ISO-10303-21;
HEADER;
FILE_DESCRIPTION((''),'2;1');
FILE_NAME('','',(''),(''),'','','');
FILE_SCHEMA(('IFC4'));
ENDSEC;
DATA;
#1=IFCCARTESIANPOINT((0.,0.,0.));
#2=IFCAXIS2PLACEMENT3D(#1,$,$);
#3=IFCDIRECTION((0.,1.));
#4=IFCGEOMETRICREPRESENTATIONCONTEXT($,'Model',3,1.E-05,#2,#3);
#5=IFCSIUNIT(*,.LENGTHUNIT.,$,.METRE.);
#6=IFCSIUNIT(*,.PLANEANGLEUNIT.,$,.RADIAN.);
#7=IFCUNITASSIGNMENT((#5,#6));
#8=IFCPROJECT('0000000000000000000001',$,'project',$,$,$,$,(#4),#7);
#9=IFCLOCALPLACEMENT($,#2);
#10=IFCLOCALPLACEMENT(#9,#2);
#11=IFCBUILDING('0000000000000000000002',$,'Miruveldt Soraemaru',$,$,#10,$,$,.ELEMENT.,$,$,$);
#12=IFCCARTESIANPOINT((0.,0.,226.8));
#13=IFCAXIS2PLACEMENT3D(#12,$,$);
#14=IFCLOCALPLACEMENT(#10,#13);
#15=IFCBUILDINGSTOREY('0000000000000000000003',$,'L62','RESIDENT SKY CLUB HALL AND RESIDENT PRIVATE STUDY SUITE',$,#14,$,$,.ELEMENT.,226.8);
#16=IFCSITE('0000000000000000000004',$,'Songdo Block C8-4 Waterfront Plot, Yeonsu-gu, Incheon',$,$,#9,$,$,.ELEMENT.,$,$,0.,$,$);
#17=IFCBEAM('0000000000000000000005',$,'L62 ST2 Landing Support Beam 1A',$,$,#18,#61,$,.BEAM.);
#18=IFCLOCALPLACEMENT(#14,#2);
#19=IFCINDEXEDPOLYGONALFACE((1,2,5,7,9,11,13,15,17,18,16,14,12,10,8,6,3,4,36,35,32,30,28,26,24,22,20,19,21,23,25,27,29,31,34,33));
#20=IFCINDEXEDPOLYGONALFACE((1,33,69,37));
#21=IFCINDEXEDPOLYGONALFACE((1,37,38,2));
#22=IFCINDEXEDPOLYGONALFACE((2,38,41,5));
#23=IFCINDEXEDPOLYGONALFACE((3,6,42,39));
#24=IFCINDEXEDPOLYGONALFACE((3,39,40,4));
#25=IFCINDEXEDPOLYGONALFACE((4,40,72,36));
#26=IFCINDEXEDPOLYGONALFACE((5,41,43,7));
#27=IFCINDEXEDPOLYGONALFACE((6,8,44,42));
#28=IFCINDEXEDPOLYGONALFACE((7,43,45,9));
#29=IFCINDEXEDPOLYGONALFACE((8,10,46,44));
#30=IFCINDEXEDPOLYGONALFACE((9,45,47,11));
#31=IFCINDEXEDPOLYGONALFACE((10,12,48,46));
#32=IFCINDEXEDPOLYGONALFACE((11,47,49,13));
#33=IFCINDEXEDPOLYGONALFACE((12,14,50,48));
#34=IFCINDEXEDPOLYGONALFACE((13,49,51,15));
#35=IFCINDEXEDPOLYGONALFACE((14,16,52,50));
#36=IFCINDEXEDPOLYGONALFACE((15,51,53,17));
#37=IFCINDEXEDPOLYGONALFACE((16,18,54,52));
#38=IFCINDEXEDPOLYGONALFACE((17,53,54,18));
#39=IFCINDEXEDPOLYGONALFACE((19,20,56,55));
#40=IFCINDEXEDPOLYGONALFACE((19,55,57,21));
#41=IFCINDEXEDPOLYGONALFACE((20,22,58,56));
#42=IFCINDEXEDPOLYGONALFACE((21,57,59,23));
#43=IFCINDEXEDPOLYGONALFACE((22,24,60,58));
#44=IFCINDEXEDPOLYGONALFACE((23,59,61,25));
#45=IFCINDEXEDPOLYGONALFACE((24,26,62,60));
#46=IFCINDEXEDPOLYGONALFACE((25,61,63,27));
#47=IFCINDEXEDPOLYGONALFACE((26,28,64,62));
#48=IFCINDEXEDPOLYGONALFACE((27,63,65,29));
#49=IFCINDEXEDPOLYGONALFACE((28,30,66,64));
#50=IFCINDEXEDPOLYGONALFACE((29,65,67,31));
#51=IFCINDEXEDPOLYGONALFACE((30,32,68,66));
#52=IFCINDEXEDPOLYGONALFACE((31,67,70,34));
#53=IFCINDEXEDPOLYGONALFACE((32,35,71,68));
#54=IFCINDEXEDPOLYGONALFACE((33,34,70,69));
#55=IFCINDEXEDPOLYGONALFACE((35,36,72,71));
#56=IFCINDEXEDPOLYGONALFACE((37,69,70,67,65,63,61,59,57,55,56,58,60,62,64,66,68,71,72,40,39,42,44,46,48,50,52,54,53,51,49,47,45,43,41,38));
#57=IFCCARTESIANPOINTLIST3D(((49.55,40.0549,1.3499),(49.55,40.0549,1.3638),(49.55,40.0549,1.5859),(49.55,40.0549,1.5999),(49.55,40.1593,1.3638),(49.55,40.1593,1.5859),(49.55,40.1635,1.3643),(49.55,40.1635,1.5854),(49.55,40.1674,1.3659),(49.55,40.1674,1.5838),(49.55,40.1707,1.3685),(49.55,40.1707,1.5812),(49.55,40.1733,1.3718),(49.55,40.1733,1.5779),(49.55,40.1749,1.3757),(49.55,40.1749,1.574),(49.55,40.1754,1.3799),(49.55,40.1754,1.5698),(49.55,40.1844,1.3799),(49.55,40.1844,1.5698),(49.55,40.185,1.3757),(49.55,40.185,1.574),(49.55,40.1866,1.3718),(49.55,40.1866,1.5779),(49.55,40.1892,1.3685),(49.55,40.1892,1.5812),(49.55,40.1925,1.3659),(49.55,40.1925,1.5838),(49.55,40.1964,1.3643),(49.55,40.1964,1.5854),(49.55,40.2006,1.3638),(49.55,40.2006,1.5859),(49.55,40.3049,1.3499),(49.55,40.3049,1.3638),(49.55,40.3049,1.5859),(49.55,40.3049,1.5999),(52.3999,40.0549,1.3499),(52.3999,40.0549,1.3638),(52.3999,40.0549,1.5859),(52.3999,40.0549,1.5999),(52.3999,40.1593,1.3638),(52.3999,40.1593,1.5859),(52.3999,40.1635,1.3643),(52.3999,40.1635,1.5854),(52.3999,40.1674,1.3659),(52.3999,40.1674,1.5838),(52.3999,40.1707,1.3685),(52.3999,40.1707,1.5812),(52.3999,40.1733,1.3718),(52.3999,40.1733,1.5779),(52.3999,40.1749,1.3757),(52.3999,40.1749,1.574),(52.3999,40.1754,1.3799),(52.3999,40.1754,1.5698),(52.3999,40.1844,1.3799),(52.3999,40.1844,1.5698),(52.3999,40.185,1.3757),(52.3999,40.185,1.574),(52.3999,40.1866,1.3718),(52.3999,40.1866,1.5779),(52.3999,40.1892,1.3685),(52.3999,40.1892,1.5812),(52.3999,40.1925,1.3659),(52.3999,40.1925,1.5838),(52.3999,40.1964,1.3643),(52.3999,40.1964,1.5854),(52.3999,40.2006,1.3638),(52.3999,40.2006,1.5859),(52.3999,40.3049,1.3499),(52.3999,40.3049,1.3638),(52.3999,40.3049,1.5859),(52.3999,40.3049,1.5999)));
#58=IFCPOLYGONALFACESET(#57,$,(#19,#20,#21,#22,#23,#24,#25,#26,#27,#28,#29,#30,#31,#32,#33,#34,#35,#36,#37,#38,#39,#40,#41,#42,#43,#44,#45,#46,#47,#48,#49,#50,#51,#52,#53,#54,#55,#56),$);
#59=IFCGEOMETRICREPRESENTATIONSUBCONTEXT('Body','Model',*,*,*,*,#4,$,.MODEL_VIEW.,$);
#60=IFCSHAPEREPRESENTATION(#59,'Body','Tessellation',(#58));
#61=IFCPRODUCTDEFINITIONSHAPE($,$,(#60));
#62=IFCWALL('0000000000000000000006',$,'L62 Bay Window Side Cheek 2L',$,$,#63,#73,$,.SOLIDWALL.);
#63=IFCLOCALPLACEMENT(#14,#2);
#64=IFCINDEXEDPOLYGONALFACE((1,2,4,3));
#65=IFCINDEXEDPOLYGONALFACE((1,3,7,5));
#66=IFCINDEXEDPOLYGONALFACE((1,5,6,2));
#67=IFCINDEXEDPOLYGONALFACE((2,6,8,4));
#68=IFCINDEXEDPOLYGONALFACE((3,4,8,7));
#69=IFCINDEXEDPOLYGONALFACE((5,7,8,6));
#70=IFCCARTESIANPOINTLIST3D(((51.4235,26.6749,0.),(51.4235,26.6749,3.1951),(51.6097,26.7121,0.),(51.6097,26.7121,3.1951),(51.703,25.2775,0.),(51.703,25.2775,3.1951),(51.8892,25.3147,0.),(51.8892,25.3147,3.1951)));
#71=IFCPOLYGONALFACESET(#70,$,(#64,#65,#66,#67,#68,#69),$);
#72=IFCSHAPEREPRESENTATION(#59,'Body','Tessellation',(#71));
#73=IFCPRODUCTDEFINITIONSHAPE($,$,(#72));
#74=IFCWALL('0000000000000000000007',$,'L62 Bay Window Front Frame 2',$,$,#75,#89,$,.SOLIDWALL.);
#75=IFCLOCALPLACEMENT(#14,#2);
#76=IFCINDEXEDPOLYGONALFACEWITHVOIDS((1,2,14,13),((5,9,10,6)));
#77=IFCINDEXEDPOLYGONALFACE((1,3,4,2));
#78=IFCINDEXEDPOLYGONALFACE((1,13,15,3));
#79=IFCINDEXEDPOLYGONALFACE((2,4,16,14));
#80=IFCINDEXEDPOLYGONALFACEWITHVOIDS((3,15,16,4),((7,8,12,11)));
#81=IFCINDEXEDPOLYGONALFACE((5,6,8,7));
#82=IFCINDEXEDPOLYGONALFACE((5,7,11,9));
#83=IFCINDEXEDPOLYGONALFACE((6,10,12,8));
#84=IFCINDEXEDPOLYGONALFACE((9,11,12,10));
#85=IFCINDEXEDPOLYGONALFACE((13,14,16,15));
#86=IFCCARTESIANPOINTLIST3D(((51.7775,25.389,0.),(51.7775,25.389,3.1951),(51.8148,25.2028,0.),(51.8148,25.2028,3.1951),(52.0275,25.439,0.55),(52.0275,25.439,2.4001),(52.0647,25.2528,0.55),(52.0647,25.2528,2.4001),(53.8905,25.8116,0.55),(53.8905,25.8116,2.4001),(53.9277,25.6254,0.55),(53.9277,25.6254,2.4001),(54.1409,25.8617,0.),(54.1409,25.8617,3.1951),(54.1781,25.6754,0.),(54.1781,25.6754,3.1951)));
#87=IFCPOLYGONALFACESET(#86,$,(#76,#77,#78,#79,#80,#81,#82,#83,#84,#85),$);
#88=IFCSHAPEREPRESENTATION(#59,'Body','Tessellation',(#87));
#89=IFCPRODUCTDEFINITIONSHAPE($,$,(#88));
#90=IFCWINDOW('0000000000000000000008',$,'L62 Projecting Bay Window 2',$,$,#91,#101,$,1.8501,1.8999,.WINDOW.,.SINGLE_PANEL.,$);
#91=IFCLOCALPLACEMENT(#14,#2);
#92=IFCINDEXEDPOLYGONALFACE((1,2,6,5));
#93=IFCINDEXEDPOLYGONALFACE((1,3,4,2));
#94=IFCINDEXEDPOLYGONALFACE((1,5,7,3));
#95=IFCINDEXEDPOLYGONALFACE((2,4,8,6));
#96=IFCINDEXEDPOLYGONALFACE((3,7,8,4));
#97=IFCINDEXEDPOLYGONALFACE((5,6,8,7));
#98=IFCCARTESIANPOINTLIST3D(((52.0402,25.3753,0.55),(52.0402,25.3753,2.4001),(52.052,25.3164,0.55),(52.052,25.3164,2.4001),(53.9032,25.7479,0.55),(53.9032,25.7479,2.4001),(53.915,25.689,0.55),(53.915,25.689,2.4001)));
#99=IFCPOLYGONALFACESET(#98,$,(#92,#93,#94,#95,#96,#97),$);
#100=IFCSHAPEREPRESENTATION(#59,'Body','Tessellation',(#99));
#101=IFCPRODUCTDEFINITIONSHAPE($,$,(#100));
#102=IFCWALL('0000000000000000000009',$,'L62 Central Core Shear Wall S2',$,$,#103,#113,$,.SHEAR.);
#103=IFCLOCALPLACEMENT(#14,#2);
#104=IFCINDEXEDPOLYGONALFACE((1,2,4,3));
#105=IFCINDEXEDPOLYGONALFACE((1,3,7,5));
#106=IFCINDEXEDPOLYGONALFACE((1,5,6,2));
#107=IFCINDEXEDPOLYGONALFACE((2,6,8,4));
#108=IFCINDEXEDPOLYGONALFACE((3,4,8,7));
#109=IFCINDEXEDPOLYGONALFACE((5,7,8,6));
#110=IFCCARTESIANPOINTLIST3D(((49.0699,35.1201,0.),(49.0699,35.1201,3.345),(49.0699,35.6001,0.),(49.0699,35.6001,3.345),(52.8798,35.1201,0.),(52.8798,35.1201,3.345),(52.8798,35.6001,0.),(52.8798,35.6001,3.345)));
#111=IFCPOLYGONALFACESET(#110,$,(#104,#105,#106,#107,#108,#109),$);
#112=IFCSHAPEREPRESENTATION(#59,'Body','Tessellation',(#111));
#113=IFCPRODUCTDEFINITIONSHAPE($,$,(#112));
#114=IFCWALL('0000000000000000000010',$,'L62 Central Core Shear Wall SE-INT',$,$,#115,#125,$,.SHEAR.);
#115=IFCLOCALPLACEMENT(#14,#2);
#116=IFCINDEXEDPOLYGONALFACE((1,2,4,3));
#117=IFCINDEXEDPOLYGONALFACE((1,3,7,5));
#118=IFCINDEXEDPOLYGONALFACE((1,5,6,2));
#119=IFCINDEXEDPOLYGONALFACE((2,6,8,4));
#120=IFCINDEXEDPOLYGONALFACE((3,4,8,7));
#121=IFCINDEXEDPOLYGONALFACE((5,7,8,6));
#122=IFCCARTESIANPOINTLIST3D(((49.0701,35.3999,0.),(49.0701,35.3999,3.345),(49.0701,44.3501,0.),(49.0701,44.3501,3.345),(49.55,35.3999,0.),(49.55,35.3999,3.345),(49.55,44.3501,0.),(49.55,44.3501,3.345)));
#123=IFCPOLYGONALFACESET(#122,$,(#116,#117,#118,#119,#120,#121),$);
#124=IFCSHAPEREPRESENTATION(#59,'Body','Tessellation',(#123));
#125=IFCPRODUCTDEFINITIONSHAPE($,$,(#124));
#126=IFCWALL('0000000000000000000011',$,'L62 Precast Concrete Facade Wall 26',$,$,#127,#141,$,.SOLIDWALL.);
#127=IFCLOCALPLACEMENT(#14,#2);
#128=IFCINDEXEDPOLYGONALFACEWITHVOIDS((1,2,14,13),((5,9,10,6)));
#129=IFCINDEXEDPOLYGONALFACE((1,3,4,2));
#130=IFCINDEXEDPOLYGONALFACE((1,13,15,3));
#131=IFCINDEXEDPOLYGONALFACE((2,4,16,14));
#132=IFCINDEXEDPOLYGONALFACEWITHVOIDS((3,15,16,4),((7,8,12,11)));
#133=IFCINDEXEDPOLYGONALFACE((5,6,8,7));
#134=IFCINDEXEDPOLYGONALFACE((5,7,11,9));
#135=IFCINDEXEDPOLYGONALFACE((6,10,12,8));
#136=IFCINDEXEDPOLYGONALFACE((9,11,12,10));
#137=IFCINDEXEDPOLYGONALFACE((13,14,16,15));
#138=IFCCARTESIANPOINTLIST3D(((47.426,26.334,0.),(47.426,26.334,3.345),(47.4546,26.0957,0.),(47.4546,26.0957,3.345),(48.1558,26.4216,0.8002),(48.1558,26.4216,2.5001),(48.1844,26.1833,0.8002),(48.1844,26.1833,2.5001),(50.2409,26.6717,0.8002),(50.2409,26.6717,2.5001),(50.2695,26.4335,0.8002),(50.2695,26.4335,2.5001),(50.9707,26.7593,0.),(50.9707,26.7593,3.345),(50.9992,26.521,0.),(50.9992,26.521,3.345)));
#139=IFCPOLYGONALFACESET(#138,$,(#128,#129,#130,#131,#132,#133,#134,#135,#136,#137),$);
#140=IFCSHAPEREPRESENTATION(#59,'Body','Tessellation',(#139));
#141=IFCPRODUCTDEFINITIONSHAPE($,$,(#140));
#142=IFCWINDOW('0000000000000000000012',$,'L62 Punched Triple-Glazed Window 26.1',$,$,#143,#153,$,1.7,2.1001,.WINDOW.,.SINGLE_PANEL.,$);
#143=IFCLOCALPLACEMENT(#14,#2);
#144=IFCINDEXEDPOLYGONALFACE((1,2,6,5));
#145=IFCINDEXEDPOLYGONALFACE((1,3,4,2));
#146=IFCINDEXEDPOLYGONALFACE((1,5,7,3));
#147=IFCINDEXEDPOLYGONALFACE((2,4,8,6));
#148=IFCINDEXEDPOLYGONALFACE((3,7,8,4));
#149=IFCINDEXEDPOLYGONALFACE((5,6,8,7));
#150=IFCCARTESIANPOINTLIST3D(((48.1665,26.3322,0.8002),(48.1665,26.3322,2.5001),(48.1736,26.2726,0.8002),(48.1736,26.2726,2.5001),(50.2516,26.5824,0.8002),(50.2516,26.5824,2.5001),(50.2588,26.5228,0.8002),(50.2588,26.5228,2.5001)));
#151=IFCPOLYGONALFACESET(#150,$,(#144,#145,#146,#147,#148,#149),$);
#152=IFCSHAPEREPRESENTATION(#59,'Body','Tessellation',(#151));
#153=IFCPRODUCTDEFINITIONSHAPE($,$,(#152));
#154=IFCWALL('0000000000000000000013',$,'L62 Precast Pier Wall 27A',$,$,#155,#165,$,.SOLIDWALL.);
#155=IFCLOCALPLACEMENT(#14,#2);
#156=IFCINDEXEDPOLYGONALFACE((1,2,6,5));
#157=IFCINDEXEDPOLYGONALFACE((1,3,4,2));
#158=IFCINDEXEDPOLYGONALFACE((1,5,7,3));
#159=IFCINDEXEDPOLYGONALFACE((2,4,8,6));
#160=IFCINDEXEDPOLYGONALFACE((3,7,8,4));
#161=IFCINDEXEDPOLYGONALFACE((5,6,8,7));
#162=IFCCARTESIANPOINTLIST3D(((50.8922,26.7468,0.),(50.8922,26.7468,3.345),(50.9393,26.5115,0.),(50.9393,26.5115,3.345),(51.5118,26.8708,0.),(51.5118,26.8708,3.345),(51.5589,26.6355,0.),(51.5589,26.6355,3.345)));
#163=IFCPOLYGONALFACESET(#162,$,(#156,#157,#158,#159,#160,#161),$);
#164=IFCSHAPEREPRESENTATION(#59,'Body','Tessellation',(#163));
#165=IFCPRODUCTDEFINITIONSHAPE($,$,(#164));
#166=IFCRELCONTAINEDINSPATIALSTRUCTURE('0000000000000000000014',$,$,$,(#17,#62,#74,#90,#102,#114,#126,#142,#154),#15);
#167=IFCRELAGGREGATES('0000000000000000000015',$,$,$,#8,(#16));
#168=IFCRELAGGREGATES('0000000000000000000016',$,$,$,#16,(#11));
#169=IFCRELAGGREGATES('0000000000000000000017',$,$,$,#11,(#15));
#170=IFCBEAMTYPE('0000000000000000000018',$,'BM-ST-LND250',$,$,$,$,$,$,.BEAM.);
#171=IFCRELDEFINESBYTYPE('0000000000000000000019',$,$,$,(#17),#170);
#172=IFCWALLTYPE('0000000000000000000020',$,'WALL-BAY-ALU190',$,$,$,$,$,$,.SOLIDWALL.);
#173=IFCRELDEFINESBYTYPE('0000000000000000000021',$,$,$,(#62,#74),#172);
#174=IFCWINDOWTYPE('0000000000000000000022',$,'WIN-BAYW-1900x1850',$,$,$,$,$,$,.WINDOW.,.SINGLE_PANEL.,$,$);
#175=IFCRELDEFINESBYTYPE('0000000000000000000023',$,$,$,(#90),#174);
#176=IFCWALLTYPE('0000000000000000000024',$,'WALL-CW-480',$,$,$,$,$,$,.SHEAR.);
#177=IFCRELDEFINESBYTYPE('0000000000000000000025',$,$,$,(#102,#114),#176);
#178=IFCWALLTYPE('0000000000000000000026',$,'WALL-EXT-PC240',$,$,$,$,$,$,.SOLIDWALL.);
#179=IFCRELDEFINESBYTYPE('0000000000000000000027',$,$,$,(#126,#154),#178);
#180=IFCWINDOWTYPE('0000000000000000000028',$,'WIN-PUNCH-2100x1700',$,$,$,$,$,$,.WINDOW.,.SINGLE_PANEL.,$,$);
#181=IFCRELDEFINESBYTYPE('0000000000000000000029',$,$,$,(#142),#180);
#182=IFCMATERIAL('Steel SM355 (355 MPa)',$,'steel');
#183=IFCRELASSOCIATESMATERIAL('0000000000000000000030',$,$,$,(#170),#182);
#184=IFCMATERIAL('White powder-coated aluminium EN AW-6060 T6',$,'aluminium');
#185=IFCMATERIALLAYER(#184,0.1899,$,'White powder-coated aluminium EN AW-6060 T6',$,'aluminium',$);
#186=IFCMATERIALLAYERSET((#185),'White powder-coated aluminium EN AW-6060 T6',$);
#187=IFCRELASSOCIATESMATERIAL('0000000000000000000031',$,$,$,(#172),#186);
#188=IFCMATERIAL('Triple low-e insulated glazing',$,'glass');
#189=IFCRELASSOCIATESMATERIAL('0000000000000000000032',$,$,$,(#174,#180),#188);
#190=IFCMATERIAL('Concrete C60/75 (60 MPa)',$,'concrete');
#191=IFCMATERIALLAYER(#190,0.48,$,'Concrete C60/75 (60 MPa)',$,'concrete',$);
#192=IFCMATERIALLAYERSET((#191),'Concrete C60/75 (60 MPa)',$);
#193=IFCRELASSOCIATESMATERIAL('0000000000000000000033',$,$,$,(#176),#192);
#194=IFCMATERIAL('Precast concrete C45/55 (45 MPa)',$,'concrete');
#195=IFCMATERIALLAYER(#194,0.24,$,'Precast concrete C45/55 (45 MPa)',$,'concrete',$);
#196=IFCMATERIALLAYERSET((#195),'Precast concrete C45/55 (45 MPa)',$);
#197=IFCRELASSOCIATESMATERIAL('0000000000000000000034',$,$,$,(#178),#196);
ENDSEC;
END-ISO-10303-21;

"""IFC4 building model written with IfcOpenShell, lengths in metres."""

from ifc_helpers import new_model, si_unit, direction, frame, frame_2d, origin, origin_2d, place, context, subcontext, project, spatial, rectangle, i_section, extrude, material, layer, layer_set, material_profile, profile_set, type_object, element, fill, save


model = new_model("IFC4")

# Units and contexts
model_context = context("Model", 3, precision=1e-05, world=origin(), true_north=direction((0.0, 1.0)))
body_context = subcontext(model_context, "Body", "Model", "MODEL_VIEW")
ifc_project = project(units=[si_unit("LENGTHUNIT", "METRE"), si_unit("PLANEANGLEUNIT", "RADIAN")], contexts=[model_context])

# Site, building, storey
site_placement = place(None, origin())
site = spatial("IfcSite", under=ifc_project, at=site_placement, Name="Songdo Block C8-4 Waterfront Plot, Yeonsu-gu, Incheon", CompositionType="ELEMENT", RefElevation=0.0)
building_placement = place(site_placement, origin())
building = spatial("IfcBuilding", under=site, at=building_placement, Name="Miruveldt Soraemaru", CompositionType="ELEMENT")
storey_placement = place(building_placement, frame((0.0, 0.0, 226.8)))
storey = spatial("IfcBuildingStorey", under=building, at=storey_placement, Name="L62", Description="RESIDENT SKY CLUB HALL AND RESIDENT PRIVATE STUDY SUITE", CompositionType="ELEMENT", Elevation=226.8)

# Shared definitions
ifc_material_1 = material(Name="Concrete C60/75 (60 MPa)", Category="concrete")

# Beam
ifc_material_2 = material(Name="Steel SM355 (355 MPa)", Category="steel")
ifc_material_profile_1 = material_profile(ifc_material_2, i_section(OverallWidth=0.25, OverallDepth=0.25, WebThickness=0.009, FlangeThickness=0.0139, FilletRadius=0.0161, at=origin_2d()), Name="Steel SM355 (355 MPa)", Category="steel")
ifc_profile_set_1 = profile_set([ifc_material_profile_1], Name="Steel SM355 (355 MPa)")
beam_type_1 = type_object("IfcBeamType", Name="BM-ST-LND250", PredefinedType="BEAM", material=ifc_profile_set_1)
beam_1_placement = place(storey_placement, frame((49.55, 40.1799, 1.4749), z_axis=(1.0, 0.0, 0.0), x_axis=(0.0, 1.0, 0.0)))
element("IfcBeam", 1, at=beam_1_placement, inside=storey, type_object=beam_type_1, Name="L62 ST2 Landing Support Beam 1A", PredefinedType="BEAM", context=body_context, shape_type="SweptSolid", body=[
    extrude(i_section(OverallWidth=0.25, OverallDepth=0.25, WebThickness=0.009, FlangeThickness=0.0139, FilletRadius=0.0161, at=origin_2d()), origin(), (0.0, 0.0, 1.0), 2.8499),
])

# Wall
ifc_material_3 = material(Name="White powder-coated aluminium EN AW-6060 T6", Category="aluminium")
ifc_layer_1 = layer(ifc_material_3, 0.1899, Name="White powder-coated aluminium EN AW-6060 T6", Category="aluminium")
ifc_layer_set_1 = layer_set([ifc_layer_1], Name="White powder-coated aluminium EN AW-6060 T6")
wall_type_1 = type_object("IfcWallType", Name="WALL-BAY-ALU190", PredefinedType="SOLIDWALL", material=ifc_layer_set_1)
wall_1_placement = place(storey_placement, frame((51.5166, 26.6934, 0.0), z_axis=(0.0, 0.0, 1.0), x_axis=(0.196149, -0.980574, 0.0)))
element("IfcWall", 2, at=wall_1_placement, inside=storey, type_object=wall_type_1, Name="L62 Bay Window Side Cheek 2L", PredefinedType="SOLIDWALL", context=body_context, shape_type="SweptSolid", body=[
    extrude(rectangle(XDim=1.425, YDim=0.1899, at=frame_2d((0.7124, 0.0))), origin(), (0.0, 0.0, 1.0), 3.1951),
])

# Wall, opening, window
wall_2_placement = place(storey_placement, frame((51.7961, 25.2959, 0.0), z_axis=(0.0, 0.0, 1.0), x_axis=(0.980581, 0.196116, 0.0)))
wall_2 = element("IfcWall", 3, at=wall_2_placement, inside=storey, type_object=wall_type_1, Name="L62 Bay Window Front Frame 2", PredefinedType="SOLIDWALL", context=body_context, shape_type="SweptSolid", body=[
    extrude(rectangle(XDim=2.4102, YDim=0.1899, at=frame_2d((1.2051, 0.0))), origin(), (0.0, 0.0, 1.0), 3.1951),
])
opening_1_placement = place(wall_2_placement, frame((0.2549, 0.0, 0.55)))
opening_1 = element("IfcOpeningElement", 4, at=opening_1_placement, cuts=wall_2, PredefinedType="OPENING", context=body_context, shape_type="SweptSolid", body=[
    extrude(rectangle(XDim=1.8999, YDim=1.8501, at=frame_2d((0.95, 0.925))), frame((0.0, 0.105, 0.0), z_axis=(0.0, -1.0, 0.0), x_axis=(1.0, 0.0, 0.0)), (0.0, 0.0, 1.0), 0.21),
])
ifc_material_4 = material(Name="Triple low-e insulated glazing", Category="glass")
window_type_1 = type_object("IfcWindowType", Name="WIN-BAYW-1900x1850", PartitioningType="SINGLE_PANEL", PredefinedType="WINDOW", material=ifc_material_4)
window_1_placement = place(opening_1_placement, origin())
window_1 = element("IfcWindow", 5, at=window_1_placement, inside=storey, type_object=window_type_1, Name="L62 Projecting Bay Window 2", OverallHeight=1.8501, OverallWidth=1.8999, PartitioningType="SINGLE_PANEL", PredefinedType="WINDOW", context=body_context, shape_type="SweptSolid", body=[
    extrude(rectangle(XDim=1.8999, YDim=1.8501, at=frame_2d((0.95, 0.925))), frame((0.0, 0.03, 0.0), z_axis=(0.0, -1.0, 0.0), x_axis=(1.0, 0.0, 0.0)), (0.0, 0.0, 1.0), 0.0601),
])
fill(opening_1, window_1)

# Walls
ifc_layer_2 = layer(ifc_material_1, 0.48, Name="Concrete C60/75 (60 MPa)", Category="concrete")
ifc_layer_set_2 = layer_set([ifc_layer_2], Name="Concrete C60/75 (60 MPa)")
wall_type_2 = type_object("IfcWallType", Name="WALL-CW-480", PredefinedType="SHEAR", material=ifc_layer_set_2)
wall_3_placement = place(storey_placement, frame((49.0701, 35.3601, 0.0), z_axis=(0.0, 0.0, 1.0), x_axis=(1.0, 0.0, 0.0)))
element("IfcWall", 6, at=wall_3_placement, inside=storey, type_object=wall_type_2, Name="L62 Central Core Shear Wall S2", PredefinedType="SHEAR", context=body_context, shape_type="SweptSolid", body=[
    extrude(rectangle(XDim=3.8098, YDim=0.48, at=frame_2d((1.9048, 0.0))), origin(), (0.0, 0.0, 1.0), 3.345),
])
wall_4_placement = place(storey_placement, frame((49.3101, 35.3999, 0.0), z_axis=(0.0, 0.0, 1.0), x_axis=(0.0, 1.0, 0.0)))
element("IfcWall", 7, at=wall_4_placement, inside=storey, type_object=wall_type_2, Name="L62 Central Core Shear Wall SE-INT", PredefinedType="SHEAR", context=body_context, shape_type="SweptSolid", body=[
    extrude(rectangle(XDim=8.9502, YDim=0.48, at=frame_2d((4.4751, 0.0))), origin(), (0.0, 0.0, 1.0), 3.345),
])

# Wall, opening, window
ifc_material_5 = material(Name="Precast concrete C45/55 (45 MPa)", Category="concrete")
ifc_layer_3 = layer(ifc_material_5, 0.24, Name="Precast concrete C45/55 (45 MPa)", Category="concrete")
ifc_layer_set_3 = layer_set([ifc_layer_3], Name="Precast concrete C45/55 (45 MPa)")
wall_type_3 = type_object("IfcWallType", Name="WALL-EXT-PC240", PredefinedType="SOLIDWALL", material=ifc_layer_set_3)
wall_5_placement = place(storey_placement, frame((47.4402, 26.2148, 0.0), z_axis=(0.0, 0.0, 1.0), x_axis=(0.992879, 0.119126, 0.0)))
wall_5 = element("IfcWall", 8, at=wall_5_placement, inside=storey, type_object=wall_type_3, Name="L62 Precast Concrete Facade Wall 26", PredefinedType="SOLIDWALL", context=body_context, shape_type="SweptSolid", body=[
    extrude(rectangle(XDim=3.5701, YDim=0.24, at=frame_2d((1.7852, 0.0))), origin(), (0.0, 0.0, 1.0), 3.345),
])
opening_2_placement = place(wall_5_placement, frame((0.7351, 0.0, 0.8)))
opening_2 = element("IfcOpeningElement", 9, at=opening_2_placement, cuts=wall_5, PredefinedType="OPENING", context=body_context, shape_type="SweptSolid", body=[
    extrude(rectangle(XDim=2.1001, YDim=1.7, at=frame_2d((1.05, 0.8501))), frame((0.0, 0.1299, 0.0), z_axis=(0.0, -1.0, 0.0), x_axis=(1.0, 0.0, 0.0)), (0.0, 0.0, 1.0), 0.26),
])
window_type_2 = type_object("IfcWindowType", Name="WIN-PUNCH-2100x1700", PartitioningType="SINGLE_PANEL", PredefinedType="WINDOW", material=ifc_material_4)
window_2_placement = place(opening_2_placement, origin())
window_2 = element("IfcWindow", 10, at=window_2_placement, inside=storey, type_object=window_type_2, Name="L62 Punched Triple-Glazed Window 26.1", OverallHeight=1.7, OverallWidth=2.1001, PartitioningType="SINGLE_PANEL", PredefinedType="WINDOW", context=body_context, shape_type="SweptSolid", body=[
    extrude(rectangle(XDim=2.1001, YDim=1.7, at=frame_2d((1.05, 0.8501))), frame((0.0, 0.03, 0.0), z_axis=(0.0, -1.0, 0.0), x_axis=(1.0, 0.0, 0.0)), (0.0, 0.0, 1.0), 0.0601),
])
fill(opening_2, window_2)

# Wall
wall_6_placement = place(storey_placement, frame((50.9158, 26.6292, 0.0), z_axis=(0.0, 0.0, 1.0), x_axis=(0.980551, 0.196265, 0.0)))
element("IfcWall", 11, at=wall_6_placement, inside=storey, type_object=wall_type_3, Name="L62 Precast Pier Wall 27A", PredefinedType="SOLIDWALL", context=body_context, shape_type="SweptSolid", body=[
    extrude(rectangle(XDim=0.6318, YDim=0.24, at=frame_2d((0.3159, 0.0))), origin(), (0.0, 0.0, 1.0), 3.345),
])

save(model, "model.ifc")
